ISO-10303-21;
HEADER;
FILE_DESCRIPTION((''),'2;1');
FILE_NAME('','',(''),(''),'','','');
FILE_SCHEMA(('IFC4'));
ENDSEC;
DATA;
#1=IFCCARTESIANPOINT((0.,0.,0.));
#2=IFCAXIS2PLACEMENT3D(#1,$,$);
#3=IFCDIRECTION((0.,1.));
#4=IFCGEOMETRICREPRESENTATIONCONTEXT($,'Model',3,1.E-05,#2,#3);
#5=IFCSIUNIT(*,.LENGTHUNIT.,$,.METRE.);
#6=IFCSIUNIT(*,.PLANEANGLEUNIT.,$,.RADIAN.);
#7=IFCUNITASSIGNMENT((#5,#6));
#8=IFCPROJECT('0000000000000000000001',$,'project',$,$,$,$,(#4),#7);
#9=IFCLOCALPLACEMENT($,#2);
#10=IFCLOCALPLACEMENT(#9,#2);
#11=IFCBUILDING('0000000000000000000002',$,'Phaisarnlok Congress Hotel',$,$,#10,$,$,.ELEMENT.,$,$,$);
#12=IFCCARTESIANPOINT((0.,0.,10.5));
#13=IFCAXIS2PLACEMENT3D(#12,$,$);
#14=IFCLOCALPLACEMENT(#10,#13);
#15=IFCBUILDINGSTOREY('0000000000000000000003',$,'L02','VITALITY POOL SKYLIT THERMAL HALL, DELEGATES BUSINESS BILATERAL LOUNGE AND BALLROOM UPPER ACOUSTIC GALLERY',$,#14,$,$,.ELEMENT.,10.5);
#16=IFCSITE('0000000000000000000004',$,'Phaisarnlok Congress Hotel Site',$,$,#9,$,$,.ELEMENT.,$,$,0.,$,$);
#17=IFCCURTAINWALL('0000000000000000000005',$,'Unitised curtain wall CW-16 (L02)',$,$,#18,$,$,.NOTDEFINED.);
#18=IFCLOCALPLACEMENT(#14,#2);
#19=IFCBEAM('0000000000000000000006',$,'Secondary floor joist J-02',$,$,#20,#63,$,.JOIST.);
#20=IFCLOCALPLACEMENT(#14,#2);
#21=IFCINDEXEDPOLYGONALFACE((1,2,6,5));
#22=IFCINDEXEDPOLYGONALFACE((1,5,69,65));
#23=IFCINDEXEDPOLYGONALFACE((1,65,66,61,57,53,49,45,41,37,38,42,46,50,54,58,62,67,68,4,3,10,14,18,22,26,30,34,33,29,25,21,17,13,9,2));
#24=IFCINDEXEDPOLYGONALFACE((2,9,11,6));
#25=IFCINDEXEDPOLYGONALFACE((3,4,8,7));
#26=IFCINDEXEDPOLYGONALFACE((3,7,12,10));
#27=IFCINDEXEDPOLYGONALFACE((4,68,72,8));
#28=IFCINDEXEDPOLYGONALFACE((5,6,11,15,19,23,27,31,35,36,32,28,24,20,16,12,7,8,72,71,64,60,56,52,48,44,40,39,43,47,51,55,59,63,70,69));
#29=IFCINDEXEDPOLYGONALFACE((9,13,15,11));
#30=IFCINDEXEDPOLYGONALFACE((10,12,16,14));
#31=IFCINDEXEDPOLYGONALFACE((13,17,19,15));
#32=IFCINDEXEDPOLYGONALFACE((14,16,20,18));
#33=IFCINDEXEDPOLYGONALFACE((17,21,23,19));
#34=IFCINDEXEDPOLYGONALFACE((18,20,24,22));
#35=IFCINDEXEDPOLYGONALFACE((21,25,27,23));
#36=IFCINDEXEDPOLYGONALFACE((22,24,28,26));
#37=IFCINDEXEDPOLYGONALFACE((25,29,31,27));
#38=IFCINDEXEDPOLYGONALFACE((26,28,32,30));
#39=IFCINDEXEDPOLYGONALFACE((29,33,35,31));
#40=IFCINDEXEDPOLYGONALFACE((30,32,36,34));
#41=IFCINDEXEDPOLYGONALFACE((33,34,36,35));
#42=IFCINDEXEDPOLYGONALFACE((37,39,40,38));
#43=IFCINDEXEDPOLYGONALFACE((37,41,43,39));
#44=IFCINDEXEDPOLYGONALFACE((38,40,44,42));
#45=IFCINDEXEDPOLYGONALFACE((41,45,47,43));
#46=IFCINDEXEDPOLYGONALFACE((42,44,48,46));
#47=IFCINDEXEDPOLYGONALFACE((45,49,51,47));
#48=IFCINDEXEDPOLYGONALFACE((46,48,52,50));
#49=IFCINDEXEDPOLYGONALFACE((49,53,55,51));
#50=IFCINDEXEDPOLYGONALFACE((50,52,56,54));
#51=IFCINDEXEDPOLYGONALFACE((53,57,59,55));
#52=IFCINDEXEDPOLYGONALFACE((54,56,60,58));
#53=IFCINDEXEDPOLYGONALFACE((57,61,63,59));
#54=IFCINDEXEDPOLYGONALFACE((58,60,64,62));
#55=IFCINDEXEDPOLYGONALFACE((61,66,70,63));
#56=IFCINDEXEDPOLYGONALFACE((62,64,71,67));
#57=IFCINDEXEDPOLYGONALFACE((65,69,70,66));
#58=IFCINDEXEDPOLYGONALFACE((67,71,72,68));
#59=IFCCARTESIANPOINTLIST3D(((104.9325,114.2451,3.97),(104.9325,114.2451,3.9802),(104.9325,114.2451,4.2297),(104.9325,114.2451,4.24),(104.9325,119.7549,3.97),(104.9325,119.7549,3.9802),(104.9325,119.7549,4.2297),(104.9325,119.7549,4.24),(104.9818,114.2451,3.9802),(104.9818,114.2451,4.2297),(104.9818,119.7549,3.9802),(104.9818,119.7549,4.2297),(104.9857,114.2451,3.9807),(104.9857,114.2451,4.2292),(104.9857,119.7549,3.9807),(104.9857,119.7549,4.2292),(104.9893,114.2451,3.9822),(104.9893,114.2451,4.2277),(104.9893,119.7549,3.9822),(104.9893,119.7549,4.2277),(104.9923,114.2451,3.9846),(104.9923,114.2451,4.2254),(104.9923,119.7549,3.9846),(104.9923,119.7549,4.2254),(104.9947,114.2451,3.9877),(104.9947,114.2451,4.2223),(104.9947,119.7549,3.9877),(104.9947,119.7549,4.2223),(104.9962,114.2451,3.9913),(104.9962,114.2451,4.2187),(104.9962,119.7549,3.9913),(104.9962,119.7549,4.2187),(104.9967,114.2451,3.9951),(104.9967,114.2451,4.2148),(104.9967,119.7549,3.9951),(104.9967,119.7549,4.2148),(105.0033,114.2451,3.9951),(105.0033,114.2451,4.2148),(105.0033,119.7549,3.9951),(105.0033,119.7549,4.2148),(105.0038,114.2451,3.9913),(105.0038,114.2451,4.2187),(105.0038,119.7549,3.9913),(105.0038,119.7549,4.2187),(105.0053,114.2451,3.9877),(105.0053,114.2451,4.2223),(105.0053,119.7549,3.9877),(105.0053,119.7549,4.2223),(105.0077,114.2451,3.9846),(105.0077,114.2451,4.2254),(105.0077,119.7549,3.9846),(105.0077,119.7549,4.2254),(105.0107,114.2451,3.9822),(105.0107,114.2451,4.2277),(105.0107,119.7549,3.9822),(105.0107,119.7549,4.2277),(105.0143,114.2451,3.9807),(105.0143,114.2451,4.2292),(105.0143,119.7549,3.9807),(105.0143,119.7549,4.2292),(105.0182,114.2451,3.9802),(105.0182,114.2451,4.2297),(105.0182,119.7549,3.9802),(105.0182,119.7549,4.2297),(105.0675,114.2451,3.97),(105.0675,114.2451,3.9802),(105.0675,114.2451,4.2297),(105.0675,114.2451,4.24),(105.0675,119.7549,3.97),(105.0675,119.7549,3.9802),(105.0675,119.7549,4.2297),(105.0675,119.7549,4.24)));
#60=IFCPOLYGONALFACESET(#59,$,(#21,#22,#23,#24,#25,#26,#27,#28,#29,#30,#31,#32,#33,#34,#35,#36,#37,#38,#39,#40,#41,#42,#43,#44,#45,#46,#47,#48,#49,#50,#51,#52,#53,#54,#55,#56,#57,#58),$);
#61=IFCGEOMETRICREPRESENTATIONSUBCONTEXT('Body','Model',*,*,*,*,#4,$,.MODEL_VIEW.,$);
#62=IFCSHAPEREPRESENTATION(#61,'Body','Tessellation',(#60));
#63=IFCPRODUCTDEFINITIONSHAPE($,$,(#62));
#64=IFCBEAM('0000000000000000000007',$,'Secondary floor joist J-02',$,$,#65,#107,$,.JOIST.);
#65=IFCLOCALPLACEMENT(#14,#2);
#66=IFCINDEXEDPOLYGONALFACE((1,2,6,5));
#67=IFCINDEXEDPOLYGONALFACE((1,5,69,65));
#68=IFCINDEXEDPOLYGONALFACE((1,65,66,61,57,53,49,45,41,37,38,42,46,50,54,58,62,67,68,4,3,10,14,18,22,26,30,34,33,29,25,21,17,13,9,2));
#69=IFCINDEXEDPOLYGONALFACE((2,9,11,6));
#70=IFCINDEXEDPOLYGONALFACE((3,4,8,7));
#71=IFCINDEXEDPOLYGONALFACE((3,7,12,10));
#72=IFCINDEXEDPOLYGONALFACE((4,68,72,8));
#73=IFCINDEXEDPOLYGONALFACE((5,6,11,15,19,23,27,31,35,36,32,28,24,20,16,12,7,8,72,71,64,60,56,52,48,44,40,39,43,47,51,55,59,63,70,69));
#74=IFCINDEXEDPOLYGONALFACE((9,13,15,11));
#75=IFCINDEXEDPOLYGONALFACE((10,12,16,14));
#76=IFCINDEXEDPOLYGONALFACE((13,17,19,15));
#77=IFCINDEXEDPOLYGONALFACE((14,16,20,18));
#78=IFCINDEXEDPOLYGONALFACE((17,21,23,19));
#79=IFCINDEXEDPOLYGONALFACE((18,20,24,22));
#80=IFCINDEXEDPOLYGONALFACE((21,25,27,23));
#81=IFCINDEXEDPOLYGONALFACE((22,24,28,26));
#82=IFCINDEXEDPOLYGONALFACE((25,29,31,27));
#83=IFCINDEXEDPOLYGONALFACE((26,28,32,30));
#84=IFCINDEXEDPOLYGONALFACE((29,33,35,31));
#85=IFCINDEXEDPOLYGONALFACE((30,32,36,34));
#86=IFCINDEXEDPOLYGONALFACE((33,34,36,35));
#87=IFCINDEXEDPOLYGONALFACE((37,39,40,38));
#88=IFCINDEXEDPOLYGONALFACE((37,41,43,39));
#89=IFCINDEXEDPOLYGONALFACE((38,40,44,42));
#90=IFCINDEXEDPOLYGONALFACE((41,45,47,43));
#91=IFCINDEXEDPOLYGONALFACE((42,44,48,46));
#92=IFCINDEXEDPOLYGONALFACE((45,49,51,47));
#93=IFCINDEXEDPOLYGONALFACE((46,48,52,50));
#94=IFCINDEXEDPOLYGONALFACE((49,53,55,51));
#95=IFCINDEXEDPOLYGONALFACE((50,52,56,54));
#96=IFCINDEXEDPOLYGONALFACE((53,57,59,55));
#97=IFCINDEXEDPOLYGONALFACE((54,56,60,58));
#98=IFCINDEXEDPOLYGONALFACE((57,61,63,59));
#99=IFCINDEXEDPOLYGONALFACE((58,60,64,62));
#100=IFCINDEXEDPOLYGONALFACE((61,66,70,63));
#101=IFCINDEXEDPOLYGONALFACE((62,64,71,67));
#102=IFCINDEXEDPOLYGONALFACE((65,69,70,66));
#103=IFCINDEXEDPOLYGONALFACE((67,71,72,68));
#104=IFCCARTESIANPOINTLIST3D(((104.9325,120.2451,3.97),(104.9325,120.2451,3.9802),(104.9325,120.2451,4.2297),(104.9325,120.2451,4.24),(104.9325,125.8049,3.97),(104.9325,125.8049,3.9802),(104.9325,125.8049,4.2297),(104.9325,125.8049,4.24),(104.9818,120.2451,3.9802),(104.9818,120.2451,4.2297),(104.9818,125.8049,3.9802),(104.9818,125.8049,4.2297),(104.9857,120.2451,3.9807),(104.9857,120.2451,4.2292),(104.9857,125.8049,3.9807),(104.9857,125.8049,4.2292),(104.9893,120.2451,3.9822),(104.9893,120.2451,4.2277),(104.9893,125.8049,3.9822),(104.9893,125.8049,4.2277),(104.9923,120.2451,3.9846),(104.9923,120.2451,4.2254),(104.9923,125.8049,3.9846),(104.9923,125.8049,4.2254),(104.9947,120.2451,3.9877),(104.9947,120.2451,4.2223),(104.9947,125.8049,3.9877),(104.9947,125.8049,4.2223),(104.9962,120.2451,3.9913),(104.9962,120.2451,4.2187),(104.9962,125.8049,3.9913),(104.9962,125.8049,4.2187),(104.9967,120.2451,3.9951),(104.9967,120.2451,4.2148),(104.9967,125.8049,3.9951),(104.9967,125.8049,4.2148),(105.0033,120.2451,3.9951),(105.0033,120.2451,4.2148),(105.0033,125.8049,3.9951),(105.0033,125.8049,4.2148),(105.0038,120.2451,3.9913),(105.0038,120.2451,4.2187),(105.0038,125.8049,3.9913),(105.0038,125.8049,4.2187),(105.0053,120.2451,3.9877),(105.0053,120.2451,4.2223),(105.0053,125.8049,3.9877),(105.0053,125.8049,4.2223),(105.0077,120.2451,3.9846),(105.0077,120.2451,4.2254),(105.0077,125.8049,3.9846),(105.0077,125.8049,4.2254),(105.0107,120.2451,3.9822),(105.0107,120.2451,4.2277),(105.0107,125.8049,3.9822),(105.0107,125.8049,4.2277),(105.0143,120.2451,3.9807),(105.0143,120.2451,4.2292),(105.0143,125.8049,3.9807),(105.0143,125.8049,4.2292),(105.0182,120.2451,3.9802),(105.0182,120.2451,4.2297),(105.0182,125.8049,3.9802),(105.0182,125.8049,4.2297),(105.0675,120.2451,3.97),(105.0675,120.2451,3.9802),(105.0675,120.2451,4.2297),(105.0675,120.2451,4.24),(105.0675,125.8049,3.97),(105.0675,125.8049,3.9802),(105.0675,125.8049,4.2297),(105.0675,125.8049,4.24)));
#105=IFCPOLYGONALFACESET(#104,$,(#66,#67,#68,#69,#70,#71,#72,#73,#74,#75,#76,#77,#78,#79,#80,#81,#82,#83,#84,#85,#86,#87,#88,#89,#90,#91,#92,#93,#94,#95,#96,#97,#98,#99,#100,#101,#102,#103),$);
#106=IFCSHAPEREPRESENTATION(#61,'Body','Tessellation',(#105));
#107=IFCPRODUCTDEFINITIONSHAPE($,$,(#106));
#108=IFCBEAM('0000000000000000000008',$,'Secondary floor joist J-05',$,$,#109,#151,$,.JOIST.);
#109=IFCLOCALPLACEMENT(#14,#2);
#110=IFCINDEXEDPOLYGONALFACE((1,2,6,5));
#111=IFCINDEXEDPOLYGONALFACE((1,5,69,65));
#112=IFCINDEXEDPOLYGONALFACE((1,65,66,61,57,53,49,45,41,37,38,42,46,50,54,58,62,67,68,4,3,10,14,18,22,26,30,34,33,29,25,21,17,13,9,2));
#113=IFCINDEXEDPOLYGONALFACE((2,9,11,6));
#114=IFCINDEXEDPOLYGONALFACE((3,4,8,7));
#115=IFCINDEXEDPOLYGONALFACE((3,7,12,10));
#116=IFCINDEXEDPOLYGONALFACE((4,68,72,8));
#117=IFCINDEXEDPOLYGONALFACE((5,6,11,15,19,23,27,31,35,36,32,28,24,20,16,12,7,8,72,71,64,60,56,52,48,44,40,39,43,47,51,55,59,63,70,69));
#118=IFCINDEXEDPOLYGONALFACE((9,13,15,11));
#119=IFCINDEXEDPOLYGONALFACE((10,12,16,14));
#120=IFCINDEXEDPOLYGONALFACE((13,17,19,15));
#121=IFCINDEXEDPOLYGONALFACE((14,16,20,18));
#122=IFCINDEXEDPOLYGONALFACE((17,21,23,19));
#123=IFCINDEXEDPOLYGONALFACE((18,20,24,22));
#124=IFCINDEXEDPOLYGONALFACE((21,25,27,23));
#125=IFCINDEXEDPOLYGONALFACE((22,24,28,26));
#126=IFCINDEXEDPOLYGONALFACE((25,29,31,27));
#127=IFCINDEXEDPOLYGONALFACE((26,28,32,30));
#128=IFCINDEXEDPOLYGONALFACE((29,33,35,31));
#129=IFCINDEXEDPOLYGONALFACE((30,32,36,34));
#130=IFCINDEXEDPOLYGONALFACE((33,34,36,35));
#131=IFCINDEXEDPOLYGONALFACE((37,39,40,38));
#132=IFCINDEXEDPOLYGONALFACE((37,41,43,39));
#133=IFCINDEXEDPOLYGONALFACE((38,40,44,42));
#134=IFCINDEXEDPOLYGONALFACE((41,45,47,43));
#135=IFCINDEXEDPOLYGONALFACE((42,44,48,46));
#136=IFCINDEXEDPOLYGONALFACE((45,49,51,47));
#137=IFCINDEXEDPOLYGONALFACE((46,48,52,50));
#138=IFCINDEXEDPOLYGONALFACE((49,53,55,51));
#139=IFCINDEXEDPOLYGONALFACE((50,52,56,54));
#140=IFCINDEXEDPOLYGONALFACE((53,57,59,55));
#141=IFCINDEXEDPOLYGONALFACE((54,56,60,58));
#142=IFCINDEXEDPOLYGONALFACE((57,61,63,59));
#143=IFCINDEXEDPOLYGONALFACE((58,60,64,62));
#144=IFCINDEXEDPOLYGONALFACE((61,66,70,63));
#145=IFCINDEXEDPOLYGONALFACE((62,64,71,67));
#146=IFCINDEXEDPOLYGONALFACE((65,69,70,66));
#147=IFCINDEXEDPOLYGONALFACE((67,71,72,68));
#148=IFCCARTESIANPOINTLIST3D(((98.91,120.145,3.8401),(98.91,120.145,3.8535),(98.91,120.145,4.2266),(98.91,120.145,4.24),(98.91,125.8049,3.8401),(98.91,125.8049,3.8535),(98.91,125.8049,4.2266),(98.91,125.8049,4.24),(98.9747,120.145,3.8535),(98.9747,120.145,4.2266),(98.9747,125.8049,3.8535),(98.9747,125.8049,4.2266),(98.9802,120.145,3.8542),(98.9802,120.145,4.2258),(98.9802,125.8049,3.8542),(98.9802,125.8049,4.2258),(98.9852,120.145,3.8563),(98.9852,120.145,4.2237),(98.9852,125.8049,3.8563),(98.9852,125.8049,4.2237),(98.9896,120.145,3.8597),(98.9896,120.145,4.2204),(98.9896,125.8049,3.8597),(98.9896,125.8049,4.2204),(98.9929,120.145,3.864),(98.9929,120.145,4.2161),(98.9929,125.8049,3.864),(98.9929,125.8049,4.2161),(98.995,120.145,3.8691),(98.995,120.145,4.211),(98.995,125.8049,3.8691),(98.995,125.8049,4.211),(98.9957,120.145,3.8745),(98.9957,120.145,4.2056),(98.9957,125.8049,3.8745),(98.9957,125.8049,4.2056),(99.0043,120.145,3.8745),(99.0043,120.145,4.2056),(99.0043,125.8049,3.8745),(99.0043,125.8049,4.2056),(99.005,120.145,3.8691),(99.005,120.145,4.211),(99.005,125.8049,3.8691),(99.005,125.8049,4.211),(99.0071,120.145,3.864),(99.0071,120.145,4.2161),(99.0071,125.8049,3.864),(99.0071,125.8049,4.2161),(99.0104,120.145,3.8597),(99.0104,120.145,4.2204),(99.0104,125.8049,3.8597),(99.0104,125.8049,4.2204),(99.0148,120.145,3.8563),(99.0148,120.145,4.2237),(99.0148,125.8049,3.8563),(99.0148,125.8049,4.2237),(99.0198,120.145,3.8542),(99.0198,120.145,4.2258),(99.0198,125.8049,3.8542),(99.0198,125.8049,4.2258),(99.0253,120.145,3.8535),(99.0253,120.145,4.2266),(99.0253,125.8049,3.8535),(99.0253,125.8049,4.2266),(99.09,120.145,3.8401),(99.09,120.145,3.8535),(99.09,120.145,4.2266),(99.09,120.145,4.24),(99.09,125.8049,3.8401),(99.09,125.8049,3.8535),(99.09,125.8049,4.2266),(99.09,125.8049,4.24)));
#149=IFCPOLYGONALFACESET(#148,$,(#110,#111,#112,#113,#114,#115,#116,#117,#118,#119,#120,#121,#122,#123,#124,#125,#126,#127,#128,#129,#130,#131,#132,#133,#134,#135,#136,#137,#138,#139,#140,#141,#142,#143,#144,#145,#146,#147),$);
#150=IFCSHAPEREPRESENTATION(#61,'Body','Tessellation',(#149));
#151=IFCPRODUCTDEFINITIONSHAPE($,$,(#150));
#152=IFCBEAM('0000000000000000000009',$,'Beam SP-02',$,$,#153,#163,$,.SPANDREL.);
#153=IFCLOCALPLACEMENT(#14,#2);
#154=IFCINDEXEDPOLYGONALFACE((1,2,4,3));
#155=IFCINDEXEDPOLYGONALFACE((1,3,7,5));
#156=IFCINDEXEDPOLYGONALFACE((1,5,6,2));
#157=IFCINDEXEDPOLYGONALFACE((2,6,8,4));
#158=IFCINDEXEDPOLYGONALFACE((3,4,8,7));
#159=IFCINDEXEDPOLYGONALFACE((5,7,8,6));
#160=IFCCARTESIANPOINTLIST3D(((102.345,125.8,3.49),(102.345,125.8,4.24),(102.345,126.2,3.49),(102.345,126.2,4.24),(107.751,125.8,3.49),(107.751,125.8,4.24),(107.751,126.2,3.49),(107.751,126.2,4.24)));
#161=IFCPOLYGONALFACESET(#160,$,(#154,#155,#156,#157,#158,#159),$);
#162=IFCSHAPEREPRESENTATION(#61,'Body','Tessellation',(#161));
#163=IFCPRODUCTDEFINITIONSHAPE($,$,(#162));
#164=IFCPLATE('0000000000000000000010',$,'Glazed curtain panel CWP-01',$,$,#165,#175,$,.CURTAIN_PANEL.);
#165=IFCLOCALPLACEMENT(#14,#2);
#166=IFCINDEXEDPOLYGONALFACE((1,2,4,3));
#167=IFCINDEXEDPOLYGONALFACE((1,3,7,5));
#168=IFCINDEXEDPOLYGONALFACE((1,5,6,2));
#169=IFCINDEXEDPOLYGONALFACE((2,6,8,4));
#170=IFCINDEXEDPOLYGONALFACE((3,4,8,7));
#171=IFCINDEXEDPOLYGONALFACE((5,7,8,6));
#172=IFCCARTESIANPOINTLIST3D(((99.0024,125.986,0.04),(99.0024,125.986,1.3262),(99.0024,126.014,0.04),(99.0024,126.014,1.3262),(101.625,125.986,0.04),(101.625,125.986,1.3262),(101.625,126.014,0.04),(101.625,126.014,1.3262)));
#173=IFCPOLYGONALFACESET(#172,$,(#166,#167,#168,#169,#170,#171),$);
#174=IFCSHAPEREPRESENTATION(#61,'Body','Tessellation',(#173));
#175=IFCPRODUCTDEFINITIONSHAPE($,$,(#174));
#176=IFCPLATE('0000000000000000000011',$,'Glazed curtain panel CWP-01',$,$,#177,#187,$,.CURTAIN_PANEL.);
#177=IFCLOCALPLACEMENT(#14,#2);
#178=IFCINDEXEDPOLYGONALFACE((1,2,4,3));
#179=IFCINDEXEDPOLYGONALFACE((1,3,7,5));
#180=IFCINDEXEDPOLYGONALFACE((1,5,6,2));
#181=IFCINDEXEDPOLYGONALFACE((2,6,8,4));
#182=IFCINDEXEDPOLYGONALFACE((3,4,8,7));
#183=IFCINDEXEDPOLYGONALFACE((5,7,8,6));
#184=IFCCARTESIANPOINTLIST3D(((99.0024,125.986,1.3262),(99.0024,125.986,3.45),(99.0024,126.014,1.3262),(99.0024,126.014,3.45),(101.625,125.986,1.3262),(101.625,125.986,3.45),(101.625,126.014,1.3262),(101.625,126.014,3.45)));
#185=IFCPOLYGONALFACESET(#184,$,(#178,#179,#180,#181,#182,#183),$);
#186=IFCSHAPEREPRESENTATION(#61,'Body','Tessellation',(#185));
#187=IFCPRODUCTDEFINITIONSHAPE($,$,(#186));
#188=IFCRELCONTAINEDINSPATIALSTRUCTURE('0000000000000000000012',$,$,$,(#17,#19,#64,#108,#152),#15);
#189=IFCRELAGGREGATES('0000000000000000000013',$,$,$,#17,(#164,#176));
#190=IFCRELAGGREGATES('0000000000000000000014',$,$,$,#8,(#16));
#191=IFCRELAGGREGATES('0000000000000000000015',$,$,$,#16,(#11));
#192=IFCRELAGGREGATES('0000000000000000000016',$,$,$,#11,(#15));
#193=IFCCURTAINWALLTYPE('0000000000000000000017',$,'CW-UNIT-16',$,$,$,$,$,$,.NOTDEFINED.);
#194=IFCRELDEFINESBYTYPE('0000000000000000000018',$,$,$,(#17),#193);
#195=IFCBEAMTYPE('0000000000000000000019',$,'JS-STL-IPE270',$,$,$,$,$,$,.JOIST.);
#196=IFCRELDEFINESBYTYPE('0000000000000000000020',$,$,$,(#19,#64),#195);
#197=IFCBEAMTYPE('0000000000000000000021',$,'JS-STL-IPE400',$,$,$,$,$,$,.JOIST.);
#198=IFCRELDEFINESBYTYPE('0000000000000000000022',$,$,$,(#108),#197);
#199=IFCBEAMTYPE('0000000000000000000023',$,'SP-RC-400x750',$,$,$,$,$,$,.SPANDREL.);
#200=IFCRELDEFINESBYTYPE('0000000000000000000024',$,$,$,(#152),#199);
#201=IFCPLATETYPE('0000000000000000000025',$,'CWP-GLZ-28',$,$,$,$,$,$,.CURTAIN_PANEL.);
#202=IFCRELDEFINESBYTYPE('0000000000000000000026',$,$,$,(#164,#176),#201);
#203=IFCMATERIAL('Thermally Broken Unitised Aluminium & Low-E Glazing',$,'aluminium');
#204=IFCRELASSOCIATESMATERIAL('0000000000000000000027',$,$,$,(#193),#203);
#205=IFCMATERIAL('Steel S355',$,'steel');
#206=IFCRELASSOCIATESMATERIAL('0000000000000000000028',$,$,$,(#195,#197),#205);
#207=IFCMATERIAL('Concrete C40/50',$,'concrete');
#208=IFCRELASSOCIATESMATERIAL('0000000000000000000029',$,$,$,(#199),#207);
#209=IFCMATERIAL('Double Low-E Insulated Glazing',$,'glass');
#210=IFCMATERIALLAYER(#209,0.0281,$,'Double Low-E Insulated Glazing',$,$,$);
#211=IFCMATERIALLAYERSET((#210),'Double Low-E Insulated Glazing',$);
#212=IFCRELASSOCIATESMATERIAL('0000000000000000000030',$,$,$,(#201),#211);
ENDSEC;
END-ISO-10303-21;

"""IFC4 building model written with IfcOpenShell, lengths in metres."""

from ifc_helpers import new_model, si_unit, direction, frame, frame_2d, origin, origin_2d, place, context, subcontext, project, spatial, rectangle, i_section, extrude, material, layer, layer_set, material_profile, profile_set, type_object, element, aggregate, save


model = new_model("IFC4")

# Units and contexts
model_context = context("Model", 3, precision=1e-05, world=origin(), true_north=direction((0.0, 1.0)))
body_context = subcontext(model_context, "Body", "Model", "MODEL_VIEW")
ifc_project = project(units=[si_unit("LENGTHUNIT", "METRE"), si_unit("PLANEANGLEUNIT", "RADIAN")], contexts=[model_context])

# Site, building, storey
site_placement = place(None, origin())
site = spatial("IfcSite", under=ifc_project, at=site_placement, Name="Phaisarnlok Congress Hotel Site", CompositionType="ELEMENT", RefElevation=0.0)
building_placement = place(site_placement, origin())
building = spatial("IfcBuilding", under=site, at=building_placement, Name="Phaisarnlok Congress Hotel", CompositionType="ELEMENT")
storey_placement = place(building_placement, frame((0.0, 0.0, 10.5)))
storey = spatial("IfcBuildingStorey", under=building, at=storey_placement, Name="L02", Description="VITALITY POOL SKYLIT THERMAL HALL, DELEGATES BUSINESS BILATERAL LOUNGE AND BALLROOM UPPER ACOUSTIC GALLERY", CompositionType="ELEMENT", Elevation=10.5)

# Shared definitions
ifc_material_1 = material(Name="Steel S355", Category="steel")

# Shared definitions
ifc_material_2 = material(Name="Concrete C40/50", Category="concrete")

# Curtain wall
ifc_material_3 = material(Name="Thermally Broken Unitised Aluminium & Low-E Glazing", Category="aluminium")
curtain_wall_type = type_object("IfcCurtainWallType", Name="CW-UNIT-16", PredefinedType="NOTDEFINED", material=ifc_material_3)
curtain_wall_placement = place(storey_placement, origin())
curtain_wall = element("IfcCurtainWall", 1, at=curtain_wall_placement, inside=storey, type_object=curtain_wall_type, Name="Unitised curtain wall CW-16 (L02)", PredefinedType="NOTDEFINED")

# Beams
ifc_material_profile_1 = material_profile(ifc_material_1, i_section(OverallWidth=0.135, OverallDepth=0.27, WebThickness=0.0066, FlangeThickness=0.0103, FilletRadius=0.0149, at=origin_2d()), Name="IPE 270")
ifc_profile_set_1 = profile_set([ifc_material_profile_1], Name="Steel S355")
beam_type_1 = type_object("IfcBeamType", Name="JS-STL-IPE270", PredefinedType="JOIST", material=ifc_profile_set_1)
beam_1_placement = place(storey_placement, frame((105.0, 114.2451, 4.105), z_axis=(0.0, 1.0, 0.0), x_axis=(-1.0, 0.0, 0.0)))
element("IfcBeam", 2, at=beam_1_placement, inside=storey, type_object=beam_type_1, Name="Secondary floor joist J-02", PredefinedType="JOIST", context=body_context, shape_type="SweptSolid", body=[
    extrude(i_section(OverallWidth=0.135, OverallDepth=0.27, WebThickness=0.0066, FlangeThickness=0.0103, FilletRadius=0.0149, at=origin_2d()), origin(), (0.0, 0.0, 1.0), 5.5098),
])
beam_2_placement = place(storey_placement, frame((105.0, 120.2451, 4.105), z_axis=(0.0, 1.0, 0.0), x_axis=(-1.0, 0.0, 0.0)))
element("IfcBeam", 3, at=beam_2_placement, inside=storey, type_object=beam_type_1, Name="Secondary floor joist J-02", PredefinedType="JOIST", context=body_context, shape_type="SweptSolid", body=[
    extrude(i_section(OverallWidth=0.135, OverallDepth=0.27, WebThickness=0.0066, FlangeThickness=0.0103, FilletRadius=0.0149, at=origin_2d()), origin(), (0.0, 0.0, 1.0), 5.5598),
])
ifc_material_profile_2 = material_profile(ifc_material_1, i_section(OverallWidth=0.1799, OverallDepth=0.3999, WebThickness=0.0085, FlangeThickness=0.0134, FilletRadius=0.021, at=origin_2d()), Name="IPE 400")
ifc_profile_set_2 = profile_set([ifc_material_profile_2], Name="Steel S355")
beam_type_2 = type_object("IfcBeamType", Name="JS-STL-IPE400", PredefinedType="JOIST", material=ifc_profile_set_2)
beam_3_placement = place(storey_placement, frame((99.0, 120.145, 4.04), z_axis=(0.0, 1.0, 0.0), x_axis=(-1.0, 0.0, 0.0)))
element("IfcBeam", 4, at=beam_3_placement, inside=storey, type_object=beam_type_2, Name="Secondary floor joist J-05", PredefinedType="JOIST", context=body_context, shape_type="SweptSolid", body=[
    extrude(i_section(OverallWidth=0.1799, OverallDepth=0.3999, WebThickness=0.0085, FlangeThickness=0.0134, FilletRadius=0.021, at=origin_2d()), origin(), (0.0, 0.0, 1.0), 5.6599),
])
ifc_material_profile_3 = material_profile(ifc_material_2, rectangle(XDim=0.3999, YDim=0.75, at=origin_2d()), Name="RC 400x750")
ifc_profile_set_3 = profile_set([ifc_material_profile_3], Name="Concrete C40/50")
beam_type_3 = type_object("IfcBeamType", Name="SP-RC-400x750", PredefinedType="SPANDREL", material=ifc_profile_set_3)
beam_4_placement = place(storey_placement, frame((102.345, 126.0, 3.865), z_axis=(1.0, 0.0, 0.0), x_axis=(0.0, 1.0, 0.0)))
element("IfcBeam", 5, at=beam_4_placement, inside=storey, type_object=beam_type_3, Name="Beam SP-02", PredefinedType="SPANDREL", context=body_context, shape_type="SweptSolid", body=[
    extrude(rectangle(XDim=0.3999, YDim=0.75, at=origin_2d()), origin(), (0.0, 0.0, 1.0), 5.406),
])

# Plates
ifc_material_4 = material(Name="Double Low-E Insulated Glazing", Category="glass")
ifc_layer_1 = layer(ifc_material_4, 0.0281, Name="Double Low-E Insulated Glazing")
ifc_layer_set_1 = layer_set([ifc_layer_1], Name="Double Low-E Insulated Glazing")
plate_type_1 = type_object("IfcPlateType", Name="CWP-GLZ-28", PredefinedType="CURTAIN_PANEL", material=ifc_layer_set_1)
plate_1_placement = place(storey_placement, frame((101.625, 126.0, 0.04), z_axis=(0.0, 0.0, 1.0), x_axis=(-1.0, 0.0, 0.0)))
plate_1 = element("IfcPlate", 6, at=plate_1_placement, type_object=plate_type_1, Name="Glazed curtain panel CWP-01", PredefinedType="CURTAIN_PANEL", context=body_context, shape_type="SweptSolid", body=[
    extrude(rectangle(XDim=2.6226, YDim=0.0281, at=frame_2d((1.3113, 0.0))), origin(), (0.0, 0.0, 1.0), 1.2861),
])
plate_2_placement = place(storey_placement, frame((101.625, 126.0, 1.3262), z_axis=(0.0, 0.0, 1.0), x_axis=(-1.0, 0.0, 0.0)))
plate_2 = element("IfcPlate", 7, at=plate_2_placement, type_object=plate_type_1, Name="Glazed curtain panel CWP-01", PredefinedType="CURTAIN_PANEL", context=body_context, shape_type="SweptSolid", body=[
    extrude(rectangle(XDim=2.6226, YDim=0.0281, at=frame_2d((1.3113, 0.0))), origin(), (0.0, 0.0, 1.0), 2.1238),
])
aggregate(curtain_wall, [plate_1, plate_2])

save(model, "model.ifc")
